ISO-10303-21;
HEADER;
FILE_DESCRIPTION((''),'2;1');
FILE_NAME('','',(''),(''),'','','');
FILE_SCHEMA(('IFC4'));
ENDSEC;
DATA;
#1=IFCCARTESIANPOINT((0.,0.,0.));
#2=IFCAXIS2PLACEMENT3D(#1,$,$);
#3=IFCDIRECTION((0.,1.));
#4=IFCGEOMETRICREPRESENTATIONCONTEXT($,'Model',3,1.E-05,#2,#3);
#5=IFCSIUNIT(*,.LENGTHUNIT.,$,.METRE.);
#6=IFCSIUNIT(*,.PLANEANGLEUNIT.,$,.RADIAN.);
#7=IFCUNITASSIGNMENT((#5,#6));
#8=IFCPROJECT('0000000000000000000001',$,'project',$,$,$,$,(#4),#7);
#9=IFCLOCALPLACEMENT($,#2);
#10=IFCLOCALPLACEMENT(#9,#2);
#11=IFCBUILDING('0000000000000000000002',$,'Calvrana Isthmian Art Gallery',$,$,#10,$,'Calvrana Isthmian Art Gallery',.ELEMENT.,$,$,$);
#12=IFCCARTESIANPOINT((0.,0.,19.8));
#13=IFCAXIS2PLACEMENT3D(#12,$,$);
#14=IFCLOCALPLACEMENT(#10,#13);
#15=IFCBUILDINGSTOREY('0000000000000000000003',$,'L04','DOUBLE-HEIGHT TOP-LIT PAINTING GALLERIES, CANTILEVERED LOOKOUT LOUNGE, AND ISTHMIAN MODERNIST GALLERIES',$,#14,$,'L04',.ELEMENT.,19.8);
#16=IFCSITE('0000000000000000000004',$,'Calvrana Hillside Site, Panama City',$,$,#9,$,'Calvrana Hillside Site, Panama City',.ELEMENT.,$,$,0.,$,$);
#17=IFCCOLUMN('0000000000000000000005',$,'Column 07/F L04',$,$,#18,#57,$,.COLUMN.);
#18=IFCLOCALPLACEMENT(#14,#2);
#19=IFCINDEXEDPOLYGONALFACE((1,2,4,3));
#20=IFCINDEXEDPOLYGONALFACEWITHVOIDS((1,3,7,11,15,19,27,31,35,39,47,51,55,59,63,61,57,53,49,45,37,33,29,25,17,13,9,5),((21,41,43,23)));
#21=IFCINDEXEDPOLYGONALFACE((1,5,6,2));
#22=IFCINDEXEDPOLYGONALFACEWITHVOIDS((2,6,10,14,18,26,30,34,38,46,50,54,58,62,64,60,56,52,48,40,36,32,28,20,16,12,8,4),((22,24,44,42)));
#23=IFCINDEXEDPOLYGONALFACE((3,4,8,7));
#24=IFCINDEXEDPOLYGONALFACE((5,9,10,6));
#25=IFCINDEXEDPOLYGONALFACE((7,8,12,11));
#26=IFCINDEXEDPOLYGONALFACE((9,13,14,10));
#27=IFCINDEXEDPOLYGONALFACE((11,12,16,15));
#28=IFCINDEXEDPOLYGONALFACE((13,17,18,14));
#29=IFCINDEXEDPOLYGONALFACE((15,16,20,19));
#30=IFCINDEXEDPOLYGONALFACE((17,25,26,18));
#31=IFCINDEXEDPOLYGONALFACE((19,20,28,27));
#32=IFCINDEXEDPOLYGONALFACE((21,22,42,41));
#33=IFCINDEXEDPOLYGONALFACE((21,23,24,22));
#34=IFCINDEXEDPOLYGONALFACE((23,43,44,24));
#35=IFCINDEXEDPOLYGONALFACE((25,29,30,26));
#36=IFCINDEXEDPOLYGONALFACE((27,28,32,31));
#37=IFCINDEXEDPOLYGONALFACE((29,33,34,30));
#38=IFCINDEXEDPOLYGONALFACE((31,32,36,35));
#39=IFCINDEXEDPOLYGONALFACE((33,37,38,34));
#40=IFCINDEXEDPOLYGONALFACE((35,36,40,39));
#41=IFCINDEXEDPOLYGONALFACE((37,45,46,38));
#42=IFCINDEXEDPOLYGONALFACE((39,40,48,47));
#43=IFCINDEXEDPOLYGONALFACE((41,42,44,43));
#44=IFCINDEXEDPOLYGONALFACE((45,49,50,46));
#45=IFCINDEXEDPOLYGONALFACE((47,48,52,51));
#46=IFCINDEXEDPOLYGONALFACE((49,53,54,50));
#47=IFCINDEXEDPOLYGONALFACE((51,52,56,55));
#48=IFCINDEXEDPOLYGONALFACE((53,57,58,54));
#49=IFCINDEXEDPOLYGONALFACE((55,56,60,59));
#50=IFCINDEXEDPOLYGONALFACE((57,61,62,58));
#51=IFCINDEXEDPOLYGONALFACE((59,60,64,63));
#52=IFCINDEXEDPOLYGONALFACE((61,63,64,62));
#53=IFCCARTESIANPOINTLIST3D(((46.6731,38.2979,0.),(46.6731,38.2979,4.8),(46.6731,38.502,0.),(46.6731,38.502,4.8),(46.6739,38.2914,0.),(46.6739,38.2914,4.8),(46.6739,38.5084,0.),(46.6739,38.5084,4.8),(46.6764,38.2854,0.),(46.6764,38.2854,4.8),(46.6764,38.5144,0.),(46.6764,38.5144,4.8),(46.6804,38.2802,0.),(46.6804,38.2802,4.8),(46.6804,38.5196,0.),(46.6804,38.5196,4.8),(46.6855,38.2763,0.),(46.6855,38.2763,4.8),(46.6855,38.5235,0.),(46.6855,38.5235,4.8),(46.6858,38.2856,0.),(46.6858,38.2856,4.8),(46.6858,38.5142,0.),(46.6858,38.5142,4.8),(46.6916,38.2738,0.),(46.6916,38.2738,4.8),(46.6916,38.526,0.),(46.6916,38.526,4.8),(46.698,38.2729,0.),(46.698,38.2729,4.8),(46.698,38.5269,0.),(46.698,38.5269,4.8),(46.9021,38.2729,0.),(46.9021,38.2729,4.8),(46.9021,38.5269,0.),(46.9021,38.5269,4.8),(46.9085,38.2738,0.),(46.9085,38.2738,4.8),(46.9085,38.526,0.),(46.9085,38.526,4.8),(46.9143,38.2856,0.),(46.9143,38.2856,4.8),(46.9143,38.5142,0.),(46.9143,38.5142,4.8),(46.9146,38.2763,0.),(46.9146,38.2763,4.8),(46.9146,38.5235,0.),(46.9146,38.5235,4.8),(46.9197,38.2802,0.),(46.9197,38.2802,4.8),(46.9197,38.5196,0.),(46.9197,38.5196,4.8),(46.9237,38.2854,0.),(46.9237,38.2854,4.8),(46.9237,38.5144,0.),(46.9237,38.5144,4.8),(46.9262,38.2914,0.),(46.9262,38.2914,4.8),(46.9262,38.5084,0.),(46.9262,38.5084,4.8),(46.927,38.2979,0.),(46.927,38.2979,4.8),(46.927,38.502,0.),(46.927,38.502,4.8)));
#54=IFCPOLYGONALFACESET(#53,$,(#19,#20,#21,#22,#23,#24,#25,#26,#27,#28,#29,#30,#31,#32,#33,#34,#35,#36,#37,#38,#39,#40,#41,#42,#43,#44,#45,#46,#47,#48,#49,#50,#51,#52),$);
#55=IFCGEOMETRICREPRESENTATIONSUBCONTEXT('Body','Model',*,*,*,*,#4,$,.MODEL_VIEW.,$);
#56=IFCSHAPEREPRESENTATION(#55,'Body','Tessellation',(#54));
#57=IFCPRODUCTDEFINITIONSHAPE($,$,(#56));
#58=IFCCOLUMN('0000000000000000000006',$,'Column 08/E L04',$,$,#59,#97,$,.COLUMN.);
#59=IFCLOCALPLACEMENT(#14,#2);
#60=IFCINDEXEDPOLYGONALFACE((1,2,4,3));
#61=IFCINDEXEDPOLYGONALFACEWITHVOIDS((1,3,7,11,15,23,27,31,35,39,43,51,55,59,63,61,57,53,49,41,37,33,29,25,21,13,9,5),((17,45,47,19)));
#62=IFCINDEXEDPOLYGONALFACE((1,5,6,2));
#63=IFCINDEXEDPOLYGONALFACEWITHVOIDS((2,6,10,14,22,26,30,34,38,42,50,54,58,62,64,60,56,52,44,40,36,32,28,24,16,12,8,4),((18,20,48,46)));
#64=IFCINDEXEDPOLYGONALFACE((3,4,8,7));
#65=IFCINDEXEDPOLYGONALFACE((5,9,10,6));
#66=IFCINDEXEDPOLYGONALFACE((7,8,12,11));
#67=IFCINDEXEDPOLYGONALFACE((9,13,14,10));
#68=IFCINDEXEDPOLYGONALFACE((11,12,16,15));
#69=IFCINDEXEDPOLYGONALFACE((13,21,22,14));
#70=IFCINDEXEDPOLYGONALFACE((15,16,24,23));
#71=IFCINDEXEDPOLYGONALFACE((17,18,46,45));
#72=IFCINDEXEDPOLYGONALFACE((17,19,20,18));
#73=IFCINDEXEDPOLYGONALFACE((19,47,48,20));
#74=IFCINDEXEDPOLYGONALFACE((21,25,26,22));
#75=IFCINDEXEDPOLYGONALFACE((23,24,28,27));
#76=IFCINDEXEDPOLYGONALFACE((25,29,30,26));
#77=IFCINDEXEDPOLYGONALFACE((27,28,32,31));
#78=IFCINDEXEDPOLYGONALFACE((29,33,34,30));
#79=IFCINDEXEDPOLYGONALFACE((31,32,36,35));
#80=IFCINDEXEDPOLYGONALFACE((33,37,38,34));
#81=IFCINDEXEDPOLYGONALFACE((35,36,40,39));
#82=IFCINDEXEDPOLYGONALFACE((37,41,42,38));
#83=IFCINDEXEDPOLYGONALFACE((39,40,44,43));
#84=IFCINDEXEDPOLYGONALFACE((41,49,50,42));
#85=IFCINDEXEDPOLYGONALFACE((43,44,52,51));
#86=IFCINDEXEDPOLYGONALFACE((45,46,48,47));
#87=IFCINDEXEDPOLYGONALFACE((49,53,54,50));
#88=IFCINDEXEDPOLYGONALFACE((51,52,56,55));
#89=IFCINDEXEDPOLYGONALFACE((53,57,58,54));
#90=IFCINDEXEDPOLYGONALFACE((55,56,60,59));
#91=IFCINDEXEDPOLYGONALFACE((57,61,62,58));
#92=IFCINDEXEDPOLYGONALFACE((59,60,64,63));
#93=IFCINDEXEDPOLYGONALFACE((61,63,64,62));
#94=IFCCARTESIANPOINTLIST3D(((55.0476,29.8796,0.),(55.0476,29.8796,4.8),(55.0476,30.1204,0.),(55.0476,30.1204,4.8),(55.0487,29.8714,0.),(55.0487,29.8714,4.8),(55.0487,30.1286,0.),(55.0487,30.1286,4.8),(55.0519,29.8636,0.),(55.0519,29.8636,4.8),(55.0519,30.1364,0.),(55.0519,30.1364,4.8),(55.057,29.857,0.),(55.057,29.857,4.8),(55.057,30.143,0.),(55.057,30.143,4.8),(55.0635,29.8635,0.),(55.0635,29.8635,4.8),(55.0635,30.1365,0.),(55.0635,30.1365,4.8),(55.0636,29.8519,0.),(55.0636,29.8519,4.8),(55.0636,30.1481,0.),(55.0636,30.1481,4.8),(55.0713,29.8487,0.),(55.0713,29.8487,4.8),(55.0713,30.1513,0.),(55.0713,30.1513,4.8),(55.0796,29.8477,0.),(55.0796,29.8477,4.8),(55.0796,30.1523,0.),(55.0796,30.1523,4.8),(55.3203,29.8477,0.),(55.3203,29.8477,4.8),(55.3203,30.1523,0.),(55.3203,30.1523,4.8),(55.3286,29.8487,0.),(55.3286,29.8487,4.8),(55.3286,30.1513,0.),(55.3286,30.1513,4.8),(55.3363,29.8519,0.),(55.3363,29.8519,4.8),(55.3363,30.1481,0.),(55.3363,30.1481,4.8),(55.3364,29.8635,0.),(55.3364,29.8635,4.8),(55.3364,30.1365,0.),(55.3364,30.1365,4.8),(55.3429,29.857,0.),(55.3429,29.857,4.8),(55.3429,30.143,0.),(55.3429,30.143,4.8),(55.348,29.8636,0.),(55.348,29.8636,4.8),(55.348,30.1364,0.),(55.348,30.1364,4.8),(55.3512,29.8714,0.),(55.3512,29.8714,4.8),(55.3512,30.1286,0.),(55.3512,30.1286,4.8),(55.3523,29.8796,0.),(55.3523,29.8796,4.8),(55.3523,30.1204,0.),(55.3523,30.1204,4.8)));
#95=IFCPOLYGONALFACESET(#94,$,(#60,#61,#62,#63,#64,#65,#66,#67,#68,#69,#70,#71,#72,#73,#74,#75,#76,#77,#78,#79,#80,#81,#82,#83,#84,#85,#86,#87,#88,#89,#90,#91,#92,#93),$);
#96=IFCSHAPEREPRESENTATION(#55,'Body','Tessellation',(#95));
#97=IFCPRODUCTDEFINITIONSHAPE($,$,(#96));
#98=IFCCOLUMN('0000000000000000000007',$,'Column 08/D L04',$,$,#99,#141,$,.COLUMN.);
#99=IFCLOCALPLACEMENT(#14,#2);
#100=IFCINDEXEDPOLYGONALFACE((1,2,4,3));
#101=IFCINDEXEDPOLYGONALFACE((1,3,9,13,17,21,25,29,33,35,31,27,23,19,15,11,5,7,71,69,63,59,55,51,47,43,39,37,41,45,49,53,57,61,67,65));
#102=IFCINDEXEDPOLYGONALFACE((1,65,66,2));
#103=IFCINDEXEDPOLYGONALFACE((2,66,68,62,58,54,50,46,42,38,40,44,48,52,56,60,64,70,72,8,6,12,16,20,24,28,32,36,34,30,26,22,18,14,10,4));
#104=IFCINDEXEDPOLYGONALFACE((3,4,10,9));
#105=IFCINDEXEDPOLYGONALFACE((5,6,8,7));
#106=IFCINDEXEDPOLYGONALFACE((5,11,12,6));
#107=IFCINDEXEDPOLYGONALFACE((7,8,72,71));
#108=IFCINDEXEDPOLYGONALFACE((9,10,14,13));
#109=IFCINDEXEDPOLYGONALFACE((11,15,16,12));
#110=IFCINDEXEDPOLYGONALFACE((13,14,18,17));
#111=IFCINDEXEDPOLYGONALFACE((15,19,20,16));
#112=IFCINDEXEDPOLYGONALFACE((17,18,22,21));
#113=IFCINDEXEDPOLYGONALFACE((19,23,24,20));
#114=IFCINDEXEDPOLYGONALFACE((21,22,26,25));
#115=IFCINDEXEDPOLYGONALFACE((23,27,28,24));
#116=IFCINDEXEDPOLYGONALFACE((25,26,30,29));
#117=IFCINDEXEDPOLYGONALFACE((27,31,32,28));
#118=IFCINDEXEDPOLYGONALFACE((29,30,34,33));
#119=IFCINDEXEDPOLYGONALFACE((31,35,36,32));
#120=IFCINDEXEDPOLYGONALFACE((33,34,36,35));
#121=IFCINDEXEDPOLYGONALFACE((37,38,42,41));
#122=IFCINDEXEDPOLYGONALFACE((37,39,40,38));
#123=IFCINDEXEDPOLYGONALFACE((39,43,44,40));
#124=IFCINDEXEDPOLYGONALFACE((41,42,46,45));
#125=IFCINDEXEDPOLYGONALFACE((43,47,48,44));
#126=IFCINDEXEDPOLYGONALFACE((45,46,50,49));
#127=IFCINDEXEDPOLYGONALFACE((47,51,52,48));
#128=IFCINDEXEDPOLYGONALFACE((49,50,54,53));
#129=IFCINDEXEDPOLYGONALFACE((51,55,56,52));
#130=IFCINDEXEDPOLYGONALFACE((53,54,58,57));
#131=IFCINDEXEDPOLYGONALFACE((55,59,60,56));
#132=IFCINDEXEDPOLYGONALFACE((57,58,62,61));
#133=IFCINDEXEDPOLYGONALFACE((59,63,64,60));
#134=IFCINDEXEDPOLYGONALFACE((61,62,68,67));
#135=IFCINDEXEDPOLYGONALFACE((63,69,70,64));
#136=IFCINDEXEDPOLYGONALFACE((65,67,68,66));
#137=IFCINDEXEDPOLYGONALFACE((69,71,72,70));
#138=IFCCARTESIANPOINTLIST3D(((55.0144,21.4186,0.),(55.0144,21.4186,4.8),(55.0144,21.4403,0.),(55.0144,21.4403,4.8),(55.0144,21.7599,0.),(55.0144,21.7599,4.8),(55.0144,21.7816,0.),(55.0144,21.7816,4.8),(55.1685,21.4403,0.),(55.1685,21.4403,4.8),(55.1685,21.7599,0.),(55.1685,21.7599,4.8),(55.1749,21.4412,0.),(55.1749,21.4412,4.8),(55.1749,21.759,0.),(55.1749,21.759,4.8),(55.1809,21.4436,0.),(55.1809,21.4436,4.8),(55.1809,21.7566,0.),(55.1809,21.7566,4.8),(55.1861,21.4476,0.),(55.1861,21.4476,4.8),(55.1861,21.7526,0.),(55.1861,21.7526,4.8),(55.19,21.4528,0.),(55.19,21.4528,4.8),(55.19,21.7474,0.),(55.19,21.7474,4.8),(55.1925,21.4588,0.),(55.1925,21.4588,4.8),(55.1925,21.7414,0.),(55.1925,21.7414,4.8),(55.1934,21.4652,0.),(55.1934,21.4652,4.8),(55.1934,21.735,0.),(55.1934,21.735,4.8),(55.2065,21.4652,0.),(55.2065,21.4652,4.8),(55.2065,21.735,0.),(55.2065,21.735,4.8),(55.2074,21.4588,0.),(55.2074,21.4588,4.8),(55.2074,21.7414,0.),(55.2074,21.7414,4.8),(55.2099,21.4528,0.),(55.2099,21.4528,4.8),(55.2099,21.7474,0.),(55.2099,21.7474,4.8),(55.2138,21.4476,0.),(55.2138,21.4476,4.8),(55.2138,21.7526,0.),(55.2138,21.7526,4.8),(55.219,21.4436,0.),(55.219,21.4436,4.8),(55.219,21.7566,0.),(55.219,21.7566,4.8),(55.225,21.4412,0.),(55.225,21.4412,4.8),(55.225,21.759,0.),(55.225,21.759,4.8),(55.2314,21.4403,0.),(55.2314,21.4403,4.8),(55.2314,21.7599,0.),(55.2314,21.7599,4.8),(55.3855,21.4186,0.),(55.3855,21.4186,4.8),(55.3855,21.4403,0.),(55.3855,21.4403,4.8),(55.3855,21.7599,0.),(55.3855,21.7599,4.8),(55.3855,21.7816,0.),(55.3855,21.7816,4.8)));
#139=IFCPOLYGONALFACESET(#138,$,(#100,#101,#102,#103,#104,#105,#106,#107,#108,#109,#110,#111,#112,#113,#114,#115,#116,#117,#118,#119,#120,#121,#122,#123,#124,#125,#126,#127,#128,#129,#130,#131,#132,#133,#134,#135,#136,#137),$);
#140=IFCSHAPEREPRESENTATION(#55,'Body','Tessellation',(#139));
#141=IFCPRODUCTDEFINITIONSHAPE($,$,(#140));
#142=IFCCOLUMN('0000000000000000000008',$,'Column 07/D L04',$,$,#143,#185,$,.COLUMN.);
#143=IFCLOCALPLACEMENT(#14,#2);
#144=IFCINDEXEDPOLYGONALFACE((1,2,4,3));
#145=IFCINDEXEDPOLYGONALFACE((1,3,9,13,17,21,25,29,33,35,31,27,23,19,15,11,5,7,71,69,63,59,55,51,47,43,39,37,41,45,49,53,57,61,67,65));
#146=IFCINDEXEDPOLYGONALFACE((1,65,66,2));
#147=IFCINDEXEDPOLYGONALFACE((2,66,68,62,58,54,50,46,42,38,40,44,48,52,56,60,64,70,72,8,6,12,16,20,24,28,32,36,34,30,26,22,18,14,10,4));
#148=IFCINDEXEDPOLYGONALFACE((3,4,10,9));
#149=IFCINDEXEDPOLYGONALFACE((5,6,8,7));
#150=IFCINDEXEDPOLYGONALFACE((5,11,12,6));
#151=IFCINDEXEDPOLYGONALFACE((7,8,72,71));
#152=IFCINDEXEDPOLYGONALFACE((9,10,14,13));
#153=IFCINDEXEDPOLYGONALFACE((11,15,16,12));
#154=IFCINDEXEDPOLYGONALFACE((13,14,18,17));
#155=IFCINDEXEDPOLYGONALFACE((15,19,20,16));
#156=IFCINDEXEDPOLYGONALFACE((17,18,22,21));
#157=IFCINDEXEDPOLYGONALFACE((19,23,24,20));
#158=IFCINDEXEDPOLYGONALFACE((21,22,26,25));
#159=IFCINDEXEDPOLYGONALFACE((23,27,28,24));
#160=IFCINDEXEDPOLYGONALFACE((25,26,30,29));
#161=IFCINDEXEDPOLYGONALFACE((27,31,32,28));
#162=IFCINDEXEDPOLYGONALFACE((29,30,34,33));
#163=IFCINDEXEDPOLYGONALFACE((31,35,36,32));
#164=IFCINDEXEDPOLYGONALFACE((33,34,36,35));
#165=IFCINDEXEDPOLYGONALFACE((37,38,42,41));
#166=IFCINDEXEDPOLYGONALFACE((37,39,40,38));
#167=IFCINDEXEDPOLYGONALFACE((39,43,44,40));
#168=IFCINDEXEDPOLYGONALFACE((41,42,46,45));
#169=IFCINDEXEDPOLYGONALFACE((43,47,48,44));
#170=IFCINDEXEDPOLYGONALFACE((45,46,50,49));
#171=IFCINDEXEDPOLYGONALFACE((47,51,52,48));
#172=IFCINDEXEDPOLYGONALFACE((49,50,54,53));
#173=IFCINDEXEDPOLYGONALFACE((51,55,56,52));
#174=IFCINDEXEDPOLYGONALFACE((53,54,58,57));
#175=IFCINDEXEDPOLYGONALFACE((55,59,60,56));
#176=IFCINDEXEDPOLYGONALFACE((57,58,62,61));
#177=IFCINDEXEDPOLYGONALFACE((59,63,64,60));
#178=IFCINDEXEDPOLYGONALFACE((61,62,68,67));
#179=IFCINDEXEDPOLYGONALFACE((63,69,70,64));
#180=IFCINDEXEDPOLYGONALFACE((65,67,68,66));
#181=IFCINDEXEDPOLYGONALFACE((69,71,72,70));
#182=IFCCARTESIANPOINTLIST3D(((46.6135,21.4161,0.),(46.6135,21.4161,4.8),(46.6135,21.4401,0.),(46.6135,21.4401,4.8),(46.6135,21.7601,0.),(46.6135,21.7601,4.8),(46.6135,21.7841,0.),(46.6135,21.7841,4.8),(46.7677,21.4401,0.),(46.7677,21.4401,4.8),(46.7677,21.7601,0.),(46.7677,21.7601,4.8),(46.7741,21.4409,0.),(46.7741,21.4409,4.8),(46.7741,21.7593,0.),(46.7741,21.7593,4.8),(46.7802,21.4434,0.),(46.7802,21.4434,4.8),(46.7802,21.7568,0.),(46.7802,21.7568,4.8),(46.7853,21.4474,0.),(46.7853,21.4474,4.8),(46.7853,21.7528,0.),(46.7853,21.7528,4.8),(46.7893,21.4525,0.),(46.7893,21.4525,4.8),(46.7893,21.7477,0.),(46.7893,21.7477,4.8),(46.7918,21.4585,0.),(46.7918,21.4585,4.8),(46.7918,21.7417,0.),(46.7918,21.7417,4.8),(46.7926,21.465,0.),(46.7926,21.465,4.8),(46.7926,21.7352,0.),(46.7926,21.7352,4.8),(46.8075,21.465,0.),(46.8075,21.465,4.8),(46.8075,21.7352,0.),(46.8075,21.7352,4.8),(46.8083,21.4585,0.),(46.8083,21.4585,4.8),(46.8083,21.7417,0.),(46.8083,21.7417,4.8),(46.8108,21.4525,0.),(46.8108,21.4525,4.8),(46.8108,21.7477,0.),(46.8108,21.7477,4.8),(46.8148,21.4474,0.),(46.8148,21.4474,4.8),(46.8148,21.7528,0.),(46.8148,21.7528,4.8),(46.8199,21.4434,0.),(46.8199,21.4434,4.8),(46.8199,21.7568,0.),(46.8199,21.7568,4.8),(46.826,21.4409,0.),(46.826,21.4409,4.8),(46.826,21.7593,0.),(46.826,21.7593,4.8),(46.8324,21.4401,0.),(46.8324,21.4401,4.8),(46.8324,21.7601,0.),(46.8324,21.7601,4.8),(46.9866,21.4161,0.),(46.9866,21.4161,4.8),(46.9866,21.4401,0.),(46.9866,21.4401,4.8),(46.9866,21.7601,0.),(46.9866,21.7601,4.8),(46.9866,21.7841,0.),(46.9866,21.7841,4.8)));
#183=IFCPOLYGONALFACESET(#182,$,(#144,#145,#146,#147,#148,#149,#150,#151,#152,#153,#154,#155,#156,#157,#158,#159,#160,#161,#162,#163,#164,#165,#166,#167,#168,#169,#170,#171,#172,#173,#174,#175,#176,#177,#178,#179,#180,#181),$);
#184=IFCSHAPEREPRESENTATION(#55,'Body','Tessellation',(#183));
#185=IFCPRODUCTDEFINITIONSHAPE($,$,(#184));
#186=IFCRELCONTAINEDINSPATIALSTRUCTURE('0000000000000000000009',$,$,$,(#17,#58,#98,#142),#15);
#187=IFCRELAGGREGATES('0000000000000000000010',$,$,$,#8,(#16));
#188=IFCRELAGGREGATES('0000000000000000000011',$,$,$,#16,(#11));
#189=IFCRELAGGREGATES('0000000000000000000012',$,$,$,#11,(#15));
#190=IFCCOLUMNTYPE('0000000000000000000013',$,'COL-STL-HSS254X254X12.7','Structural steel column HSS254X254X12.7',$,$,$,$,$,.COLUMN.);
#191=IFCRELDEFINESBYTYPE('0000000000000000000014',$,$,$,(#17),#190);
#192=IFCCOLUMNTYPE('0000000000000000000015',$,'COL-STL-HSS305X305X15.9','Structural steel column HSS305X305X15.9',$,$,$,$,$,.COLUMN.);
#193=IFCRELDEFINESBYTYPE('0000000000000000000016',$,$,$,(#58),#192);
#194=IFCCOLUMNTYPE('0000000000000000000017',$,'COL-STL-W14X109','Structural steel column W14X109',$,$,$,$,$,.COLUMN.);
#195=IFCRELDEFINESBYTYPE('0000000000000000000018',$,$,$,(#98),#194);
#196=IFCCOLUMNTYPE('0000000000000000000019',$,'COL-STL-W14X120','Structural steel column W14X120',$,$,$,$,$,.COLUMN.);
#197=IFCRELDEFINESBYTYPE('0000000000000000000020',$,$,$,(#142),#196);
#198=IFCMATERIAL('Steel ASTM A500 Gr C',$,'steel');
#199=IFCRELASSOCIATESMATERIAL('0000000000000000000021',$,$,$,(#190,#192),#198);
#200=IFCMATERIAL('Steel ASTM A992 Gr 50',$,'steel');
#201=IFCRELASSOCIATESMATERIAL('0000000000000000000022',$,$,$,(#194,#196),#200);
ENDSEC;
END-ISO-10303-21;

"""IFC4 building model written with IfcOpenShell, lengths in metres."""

from ifc_helpers import new_model, si_unit, direction, frame, origin, origin_2d, place, context, subcontext, project, spatial, hollow_rectangle, i_section, extrude, material, material_profile, profile_set, type_object, element, save


model = new_model("IFC4")

# Units and contexts
model_context = context("Model", 3, precision=1e-05, world=origin(), true_north=direction((0.0, 1.0)))
body_context = subcontext(model_context, "Body", "Model", "MODEL_VIEW")
ifc_project = project(units=[si_unit("LENGTHUNIT", "METRE"), si_unit("PLANEANGLEUNIT", "RADIAN")], contexts=[model_context])

# Site, building, storey
site_placement = place(None, origin())
site = spatial("IfcSite", under=ifc_project, at=site_placement, Name="Calvrana Hillside Site, Panama City", LongName="Calvrana Hillside Site, Panama City", CompositionType="ELEMENT", RefElevation=0.0)
building_placement = place(site_placement, origin())
building = spatial("IfcBuilding", under=site, at=building_placement, Name="Calvrana Isthmian Art Gallery", LongName="Calvrana Isthmian Art Gallery", CompositionType="ELEMENT")
storey_placement = place(building_placement, frame((0.0, 0.0, 19.8)))
storey = spatial("IfcBuildingStorey", under=building, at=storey_placement, Name="L04", Description="DOUBLE-HEIGHT TOP-LIT PAINTING GALLERIES, CANTILEVERED LOOKOUT LOUNGE, AND ISTHMIAN MODERNIST GALLERIES", LongName="L04", CompositionType="ELEMENT", Elevation=19.8)

# Columns
ifc_material_1 = material(Name="Steel ASTM A500 Gr C", Category="steel")
ifc_material_profile_1 = material_profile(ifc_material_1, hollow_rectangle(XDim=0.2539, YDim=0.2539, WallThickness=0.0127, OuterFilletRadius=0.0249, at=origin_2d()), Name="HSS254X254X12.7")
ifc_profile_set_1 = profile_set([ifc_material_profile_1], Name="Steel ASTM A500 Gr C")
column_type_1 = type_object("IfcColumnType", Name="COL-STL-HSS254X254X12.7", Description="Structural steel column HSS254X254X12.7", PredefinedType="COLUMN", material=ifc_profile_set_1)
column_1_placement = place(storey_placement, frame((46.8, 38.3999, 0.0), z_axis=(0.0, 0.0, 1.0), x_axis=(1.0, 0.0, 0.0)))
element("IfcColumn", 1, at=column_1_placement, inside=storey, type_object=column_type_1, Name="Column 07/F L04", PredefinedType="COLUMN", context=body_context, shape_type="SweptSolid", body=[
    extrude(hollow_rectangle(XDim=0.2539, YDim=0.2539, WallThickness=0.0127, OuterFilletRadius=0.0249, at=origin_2d()), origin(), (0.0, 0.0, 1.0), 4.8),
])
ifc_material_profile_2 = material_profile(ifc_material_1, hollow_rectangle(XDim=0.3047, YDim=0.3047, WallThickness=0.0159, OuterFilletRadius=0.032, at=origin_2d()), Name="HSS305X305X15.9")
ifc_profile_set_2 = profile_set([ifc_material_profile_2], Name="Steel ASTM A500 Gr C")
column_type_2 = type_object("IfcColumnType", Name="COL-STL-HSS305X305X15.9", Description="Structural steel column HSS305X305X15.9", PredefinedType="COLUMN", material=ifc_profile_set_2)
column_2_placement = place(storey_placement, frame((55.2, 30.0, 0.0), z_axis=(0.0, 0.0, 1.0), x_axis=(1.0, 0.0, 0.0)))
element("IfcColumn", 2, at=column_2_placement, inside=storey, type_object=column_type_2, Name="Column 08/E L04", PredefinedType="COLUMN", context=body_context, shape_type="SweptSolid", body=[
    extrude(hollow_rectangle(XDim=0.3047, YDim=0.3047, WallThickness=0.0159, OuterFilletRadius=0.032, at=origin_2d()), origin(), (0.0, 0.0, 1.0), 4.8),
])
ifc_material_2 = material(Name="Steel ASTM A992 Gr 50", Category="steel")
ifc_material_profile_3 = material_profile(ifc_material_2, i_section(OverallWidth=0.3711, OverallDepth=0.363, WebThickness=0.0132, FlangeThickness=0.0217, FilletRadius=0.0249, at=origin_2d()), Name="W14X109")
ifc_profile_set_3 = profile_set([ifc_material_profile_3], Name="Steel ASTM A992 Gr 50")
column_type_3 = type_object("IfcColumnType", Name="COL-STL-W14X109", Description="Structural steel column W14X109", PredefinedType="COLUMN", material=ifc_profile_set_3)
column_3_placement = place(storey_placement, frame((55.2, 21.6001, 0.0), z_axis=(0.0, 0.0, 1.0), x_axis=(1.0, 0.0, 0.0)))
element("IfcColumn", 3, at=column_3_placement, inside=storey, type_object=column_type_3, Name="Column 08/D L04", PredefinedType="COLUMN", context=body_context, shape_type="SweptSolid", body=[
    extrude(i_section(OverallWidth=0.3711, OverallDepth=0.363, WebThickness=0.0132, FlangeThickness=0.0217, FilletRadius=0.0249, at=origin_2d()), origin(), (0.0, 0.0, 1.0), 4.8),
])
ifc_material_profile_4 = material_profile(ifc_material_2, i_section(OverallWidth=0.373, OverallDepth=0.3679, WebThickness=0.0149, FlangeThickness=0.0239, FilletRadius=0.0249, at=origin_2d()), Name="W14X120")
ifc_profile_set_4 = profile_set([ifc_material_profile_4], Name="Steel ASTM A992 Gr 50")
column_type_4 = type_object("IfcColumnType", Name="COL-STL-W14X120", Description="Structural steel column W14X120", PredefinedType="COLUMN", material=ifc_profile_set_4)
column_4_placement = place(storey_placement, frame((46.8, 21.6001, 0.0), z_axis=(0.0, 0.0, 1.0), x_axis=(1.0, 0.0, 0.0)))
element("IfcColumn", 4, at=column_4_placement, inside=storey, type_object=column_type_4, Name="Column 07/D L04", PredefinedType="COLUMN", context=body_context, shape_type="SweptSolid", body=[
    extrude(i_section(OverallWidth=0.373, OverallDepth=0.3679, WebThickness=0.0149, FlangeThickness=0.0239, FilletRadius=0.0249, at=origin_2d()), origin(), (0.0, 0.0, 1.0), 4.8),
])

save(model, "model.ifc")
